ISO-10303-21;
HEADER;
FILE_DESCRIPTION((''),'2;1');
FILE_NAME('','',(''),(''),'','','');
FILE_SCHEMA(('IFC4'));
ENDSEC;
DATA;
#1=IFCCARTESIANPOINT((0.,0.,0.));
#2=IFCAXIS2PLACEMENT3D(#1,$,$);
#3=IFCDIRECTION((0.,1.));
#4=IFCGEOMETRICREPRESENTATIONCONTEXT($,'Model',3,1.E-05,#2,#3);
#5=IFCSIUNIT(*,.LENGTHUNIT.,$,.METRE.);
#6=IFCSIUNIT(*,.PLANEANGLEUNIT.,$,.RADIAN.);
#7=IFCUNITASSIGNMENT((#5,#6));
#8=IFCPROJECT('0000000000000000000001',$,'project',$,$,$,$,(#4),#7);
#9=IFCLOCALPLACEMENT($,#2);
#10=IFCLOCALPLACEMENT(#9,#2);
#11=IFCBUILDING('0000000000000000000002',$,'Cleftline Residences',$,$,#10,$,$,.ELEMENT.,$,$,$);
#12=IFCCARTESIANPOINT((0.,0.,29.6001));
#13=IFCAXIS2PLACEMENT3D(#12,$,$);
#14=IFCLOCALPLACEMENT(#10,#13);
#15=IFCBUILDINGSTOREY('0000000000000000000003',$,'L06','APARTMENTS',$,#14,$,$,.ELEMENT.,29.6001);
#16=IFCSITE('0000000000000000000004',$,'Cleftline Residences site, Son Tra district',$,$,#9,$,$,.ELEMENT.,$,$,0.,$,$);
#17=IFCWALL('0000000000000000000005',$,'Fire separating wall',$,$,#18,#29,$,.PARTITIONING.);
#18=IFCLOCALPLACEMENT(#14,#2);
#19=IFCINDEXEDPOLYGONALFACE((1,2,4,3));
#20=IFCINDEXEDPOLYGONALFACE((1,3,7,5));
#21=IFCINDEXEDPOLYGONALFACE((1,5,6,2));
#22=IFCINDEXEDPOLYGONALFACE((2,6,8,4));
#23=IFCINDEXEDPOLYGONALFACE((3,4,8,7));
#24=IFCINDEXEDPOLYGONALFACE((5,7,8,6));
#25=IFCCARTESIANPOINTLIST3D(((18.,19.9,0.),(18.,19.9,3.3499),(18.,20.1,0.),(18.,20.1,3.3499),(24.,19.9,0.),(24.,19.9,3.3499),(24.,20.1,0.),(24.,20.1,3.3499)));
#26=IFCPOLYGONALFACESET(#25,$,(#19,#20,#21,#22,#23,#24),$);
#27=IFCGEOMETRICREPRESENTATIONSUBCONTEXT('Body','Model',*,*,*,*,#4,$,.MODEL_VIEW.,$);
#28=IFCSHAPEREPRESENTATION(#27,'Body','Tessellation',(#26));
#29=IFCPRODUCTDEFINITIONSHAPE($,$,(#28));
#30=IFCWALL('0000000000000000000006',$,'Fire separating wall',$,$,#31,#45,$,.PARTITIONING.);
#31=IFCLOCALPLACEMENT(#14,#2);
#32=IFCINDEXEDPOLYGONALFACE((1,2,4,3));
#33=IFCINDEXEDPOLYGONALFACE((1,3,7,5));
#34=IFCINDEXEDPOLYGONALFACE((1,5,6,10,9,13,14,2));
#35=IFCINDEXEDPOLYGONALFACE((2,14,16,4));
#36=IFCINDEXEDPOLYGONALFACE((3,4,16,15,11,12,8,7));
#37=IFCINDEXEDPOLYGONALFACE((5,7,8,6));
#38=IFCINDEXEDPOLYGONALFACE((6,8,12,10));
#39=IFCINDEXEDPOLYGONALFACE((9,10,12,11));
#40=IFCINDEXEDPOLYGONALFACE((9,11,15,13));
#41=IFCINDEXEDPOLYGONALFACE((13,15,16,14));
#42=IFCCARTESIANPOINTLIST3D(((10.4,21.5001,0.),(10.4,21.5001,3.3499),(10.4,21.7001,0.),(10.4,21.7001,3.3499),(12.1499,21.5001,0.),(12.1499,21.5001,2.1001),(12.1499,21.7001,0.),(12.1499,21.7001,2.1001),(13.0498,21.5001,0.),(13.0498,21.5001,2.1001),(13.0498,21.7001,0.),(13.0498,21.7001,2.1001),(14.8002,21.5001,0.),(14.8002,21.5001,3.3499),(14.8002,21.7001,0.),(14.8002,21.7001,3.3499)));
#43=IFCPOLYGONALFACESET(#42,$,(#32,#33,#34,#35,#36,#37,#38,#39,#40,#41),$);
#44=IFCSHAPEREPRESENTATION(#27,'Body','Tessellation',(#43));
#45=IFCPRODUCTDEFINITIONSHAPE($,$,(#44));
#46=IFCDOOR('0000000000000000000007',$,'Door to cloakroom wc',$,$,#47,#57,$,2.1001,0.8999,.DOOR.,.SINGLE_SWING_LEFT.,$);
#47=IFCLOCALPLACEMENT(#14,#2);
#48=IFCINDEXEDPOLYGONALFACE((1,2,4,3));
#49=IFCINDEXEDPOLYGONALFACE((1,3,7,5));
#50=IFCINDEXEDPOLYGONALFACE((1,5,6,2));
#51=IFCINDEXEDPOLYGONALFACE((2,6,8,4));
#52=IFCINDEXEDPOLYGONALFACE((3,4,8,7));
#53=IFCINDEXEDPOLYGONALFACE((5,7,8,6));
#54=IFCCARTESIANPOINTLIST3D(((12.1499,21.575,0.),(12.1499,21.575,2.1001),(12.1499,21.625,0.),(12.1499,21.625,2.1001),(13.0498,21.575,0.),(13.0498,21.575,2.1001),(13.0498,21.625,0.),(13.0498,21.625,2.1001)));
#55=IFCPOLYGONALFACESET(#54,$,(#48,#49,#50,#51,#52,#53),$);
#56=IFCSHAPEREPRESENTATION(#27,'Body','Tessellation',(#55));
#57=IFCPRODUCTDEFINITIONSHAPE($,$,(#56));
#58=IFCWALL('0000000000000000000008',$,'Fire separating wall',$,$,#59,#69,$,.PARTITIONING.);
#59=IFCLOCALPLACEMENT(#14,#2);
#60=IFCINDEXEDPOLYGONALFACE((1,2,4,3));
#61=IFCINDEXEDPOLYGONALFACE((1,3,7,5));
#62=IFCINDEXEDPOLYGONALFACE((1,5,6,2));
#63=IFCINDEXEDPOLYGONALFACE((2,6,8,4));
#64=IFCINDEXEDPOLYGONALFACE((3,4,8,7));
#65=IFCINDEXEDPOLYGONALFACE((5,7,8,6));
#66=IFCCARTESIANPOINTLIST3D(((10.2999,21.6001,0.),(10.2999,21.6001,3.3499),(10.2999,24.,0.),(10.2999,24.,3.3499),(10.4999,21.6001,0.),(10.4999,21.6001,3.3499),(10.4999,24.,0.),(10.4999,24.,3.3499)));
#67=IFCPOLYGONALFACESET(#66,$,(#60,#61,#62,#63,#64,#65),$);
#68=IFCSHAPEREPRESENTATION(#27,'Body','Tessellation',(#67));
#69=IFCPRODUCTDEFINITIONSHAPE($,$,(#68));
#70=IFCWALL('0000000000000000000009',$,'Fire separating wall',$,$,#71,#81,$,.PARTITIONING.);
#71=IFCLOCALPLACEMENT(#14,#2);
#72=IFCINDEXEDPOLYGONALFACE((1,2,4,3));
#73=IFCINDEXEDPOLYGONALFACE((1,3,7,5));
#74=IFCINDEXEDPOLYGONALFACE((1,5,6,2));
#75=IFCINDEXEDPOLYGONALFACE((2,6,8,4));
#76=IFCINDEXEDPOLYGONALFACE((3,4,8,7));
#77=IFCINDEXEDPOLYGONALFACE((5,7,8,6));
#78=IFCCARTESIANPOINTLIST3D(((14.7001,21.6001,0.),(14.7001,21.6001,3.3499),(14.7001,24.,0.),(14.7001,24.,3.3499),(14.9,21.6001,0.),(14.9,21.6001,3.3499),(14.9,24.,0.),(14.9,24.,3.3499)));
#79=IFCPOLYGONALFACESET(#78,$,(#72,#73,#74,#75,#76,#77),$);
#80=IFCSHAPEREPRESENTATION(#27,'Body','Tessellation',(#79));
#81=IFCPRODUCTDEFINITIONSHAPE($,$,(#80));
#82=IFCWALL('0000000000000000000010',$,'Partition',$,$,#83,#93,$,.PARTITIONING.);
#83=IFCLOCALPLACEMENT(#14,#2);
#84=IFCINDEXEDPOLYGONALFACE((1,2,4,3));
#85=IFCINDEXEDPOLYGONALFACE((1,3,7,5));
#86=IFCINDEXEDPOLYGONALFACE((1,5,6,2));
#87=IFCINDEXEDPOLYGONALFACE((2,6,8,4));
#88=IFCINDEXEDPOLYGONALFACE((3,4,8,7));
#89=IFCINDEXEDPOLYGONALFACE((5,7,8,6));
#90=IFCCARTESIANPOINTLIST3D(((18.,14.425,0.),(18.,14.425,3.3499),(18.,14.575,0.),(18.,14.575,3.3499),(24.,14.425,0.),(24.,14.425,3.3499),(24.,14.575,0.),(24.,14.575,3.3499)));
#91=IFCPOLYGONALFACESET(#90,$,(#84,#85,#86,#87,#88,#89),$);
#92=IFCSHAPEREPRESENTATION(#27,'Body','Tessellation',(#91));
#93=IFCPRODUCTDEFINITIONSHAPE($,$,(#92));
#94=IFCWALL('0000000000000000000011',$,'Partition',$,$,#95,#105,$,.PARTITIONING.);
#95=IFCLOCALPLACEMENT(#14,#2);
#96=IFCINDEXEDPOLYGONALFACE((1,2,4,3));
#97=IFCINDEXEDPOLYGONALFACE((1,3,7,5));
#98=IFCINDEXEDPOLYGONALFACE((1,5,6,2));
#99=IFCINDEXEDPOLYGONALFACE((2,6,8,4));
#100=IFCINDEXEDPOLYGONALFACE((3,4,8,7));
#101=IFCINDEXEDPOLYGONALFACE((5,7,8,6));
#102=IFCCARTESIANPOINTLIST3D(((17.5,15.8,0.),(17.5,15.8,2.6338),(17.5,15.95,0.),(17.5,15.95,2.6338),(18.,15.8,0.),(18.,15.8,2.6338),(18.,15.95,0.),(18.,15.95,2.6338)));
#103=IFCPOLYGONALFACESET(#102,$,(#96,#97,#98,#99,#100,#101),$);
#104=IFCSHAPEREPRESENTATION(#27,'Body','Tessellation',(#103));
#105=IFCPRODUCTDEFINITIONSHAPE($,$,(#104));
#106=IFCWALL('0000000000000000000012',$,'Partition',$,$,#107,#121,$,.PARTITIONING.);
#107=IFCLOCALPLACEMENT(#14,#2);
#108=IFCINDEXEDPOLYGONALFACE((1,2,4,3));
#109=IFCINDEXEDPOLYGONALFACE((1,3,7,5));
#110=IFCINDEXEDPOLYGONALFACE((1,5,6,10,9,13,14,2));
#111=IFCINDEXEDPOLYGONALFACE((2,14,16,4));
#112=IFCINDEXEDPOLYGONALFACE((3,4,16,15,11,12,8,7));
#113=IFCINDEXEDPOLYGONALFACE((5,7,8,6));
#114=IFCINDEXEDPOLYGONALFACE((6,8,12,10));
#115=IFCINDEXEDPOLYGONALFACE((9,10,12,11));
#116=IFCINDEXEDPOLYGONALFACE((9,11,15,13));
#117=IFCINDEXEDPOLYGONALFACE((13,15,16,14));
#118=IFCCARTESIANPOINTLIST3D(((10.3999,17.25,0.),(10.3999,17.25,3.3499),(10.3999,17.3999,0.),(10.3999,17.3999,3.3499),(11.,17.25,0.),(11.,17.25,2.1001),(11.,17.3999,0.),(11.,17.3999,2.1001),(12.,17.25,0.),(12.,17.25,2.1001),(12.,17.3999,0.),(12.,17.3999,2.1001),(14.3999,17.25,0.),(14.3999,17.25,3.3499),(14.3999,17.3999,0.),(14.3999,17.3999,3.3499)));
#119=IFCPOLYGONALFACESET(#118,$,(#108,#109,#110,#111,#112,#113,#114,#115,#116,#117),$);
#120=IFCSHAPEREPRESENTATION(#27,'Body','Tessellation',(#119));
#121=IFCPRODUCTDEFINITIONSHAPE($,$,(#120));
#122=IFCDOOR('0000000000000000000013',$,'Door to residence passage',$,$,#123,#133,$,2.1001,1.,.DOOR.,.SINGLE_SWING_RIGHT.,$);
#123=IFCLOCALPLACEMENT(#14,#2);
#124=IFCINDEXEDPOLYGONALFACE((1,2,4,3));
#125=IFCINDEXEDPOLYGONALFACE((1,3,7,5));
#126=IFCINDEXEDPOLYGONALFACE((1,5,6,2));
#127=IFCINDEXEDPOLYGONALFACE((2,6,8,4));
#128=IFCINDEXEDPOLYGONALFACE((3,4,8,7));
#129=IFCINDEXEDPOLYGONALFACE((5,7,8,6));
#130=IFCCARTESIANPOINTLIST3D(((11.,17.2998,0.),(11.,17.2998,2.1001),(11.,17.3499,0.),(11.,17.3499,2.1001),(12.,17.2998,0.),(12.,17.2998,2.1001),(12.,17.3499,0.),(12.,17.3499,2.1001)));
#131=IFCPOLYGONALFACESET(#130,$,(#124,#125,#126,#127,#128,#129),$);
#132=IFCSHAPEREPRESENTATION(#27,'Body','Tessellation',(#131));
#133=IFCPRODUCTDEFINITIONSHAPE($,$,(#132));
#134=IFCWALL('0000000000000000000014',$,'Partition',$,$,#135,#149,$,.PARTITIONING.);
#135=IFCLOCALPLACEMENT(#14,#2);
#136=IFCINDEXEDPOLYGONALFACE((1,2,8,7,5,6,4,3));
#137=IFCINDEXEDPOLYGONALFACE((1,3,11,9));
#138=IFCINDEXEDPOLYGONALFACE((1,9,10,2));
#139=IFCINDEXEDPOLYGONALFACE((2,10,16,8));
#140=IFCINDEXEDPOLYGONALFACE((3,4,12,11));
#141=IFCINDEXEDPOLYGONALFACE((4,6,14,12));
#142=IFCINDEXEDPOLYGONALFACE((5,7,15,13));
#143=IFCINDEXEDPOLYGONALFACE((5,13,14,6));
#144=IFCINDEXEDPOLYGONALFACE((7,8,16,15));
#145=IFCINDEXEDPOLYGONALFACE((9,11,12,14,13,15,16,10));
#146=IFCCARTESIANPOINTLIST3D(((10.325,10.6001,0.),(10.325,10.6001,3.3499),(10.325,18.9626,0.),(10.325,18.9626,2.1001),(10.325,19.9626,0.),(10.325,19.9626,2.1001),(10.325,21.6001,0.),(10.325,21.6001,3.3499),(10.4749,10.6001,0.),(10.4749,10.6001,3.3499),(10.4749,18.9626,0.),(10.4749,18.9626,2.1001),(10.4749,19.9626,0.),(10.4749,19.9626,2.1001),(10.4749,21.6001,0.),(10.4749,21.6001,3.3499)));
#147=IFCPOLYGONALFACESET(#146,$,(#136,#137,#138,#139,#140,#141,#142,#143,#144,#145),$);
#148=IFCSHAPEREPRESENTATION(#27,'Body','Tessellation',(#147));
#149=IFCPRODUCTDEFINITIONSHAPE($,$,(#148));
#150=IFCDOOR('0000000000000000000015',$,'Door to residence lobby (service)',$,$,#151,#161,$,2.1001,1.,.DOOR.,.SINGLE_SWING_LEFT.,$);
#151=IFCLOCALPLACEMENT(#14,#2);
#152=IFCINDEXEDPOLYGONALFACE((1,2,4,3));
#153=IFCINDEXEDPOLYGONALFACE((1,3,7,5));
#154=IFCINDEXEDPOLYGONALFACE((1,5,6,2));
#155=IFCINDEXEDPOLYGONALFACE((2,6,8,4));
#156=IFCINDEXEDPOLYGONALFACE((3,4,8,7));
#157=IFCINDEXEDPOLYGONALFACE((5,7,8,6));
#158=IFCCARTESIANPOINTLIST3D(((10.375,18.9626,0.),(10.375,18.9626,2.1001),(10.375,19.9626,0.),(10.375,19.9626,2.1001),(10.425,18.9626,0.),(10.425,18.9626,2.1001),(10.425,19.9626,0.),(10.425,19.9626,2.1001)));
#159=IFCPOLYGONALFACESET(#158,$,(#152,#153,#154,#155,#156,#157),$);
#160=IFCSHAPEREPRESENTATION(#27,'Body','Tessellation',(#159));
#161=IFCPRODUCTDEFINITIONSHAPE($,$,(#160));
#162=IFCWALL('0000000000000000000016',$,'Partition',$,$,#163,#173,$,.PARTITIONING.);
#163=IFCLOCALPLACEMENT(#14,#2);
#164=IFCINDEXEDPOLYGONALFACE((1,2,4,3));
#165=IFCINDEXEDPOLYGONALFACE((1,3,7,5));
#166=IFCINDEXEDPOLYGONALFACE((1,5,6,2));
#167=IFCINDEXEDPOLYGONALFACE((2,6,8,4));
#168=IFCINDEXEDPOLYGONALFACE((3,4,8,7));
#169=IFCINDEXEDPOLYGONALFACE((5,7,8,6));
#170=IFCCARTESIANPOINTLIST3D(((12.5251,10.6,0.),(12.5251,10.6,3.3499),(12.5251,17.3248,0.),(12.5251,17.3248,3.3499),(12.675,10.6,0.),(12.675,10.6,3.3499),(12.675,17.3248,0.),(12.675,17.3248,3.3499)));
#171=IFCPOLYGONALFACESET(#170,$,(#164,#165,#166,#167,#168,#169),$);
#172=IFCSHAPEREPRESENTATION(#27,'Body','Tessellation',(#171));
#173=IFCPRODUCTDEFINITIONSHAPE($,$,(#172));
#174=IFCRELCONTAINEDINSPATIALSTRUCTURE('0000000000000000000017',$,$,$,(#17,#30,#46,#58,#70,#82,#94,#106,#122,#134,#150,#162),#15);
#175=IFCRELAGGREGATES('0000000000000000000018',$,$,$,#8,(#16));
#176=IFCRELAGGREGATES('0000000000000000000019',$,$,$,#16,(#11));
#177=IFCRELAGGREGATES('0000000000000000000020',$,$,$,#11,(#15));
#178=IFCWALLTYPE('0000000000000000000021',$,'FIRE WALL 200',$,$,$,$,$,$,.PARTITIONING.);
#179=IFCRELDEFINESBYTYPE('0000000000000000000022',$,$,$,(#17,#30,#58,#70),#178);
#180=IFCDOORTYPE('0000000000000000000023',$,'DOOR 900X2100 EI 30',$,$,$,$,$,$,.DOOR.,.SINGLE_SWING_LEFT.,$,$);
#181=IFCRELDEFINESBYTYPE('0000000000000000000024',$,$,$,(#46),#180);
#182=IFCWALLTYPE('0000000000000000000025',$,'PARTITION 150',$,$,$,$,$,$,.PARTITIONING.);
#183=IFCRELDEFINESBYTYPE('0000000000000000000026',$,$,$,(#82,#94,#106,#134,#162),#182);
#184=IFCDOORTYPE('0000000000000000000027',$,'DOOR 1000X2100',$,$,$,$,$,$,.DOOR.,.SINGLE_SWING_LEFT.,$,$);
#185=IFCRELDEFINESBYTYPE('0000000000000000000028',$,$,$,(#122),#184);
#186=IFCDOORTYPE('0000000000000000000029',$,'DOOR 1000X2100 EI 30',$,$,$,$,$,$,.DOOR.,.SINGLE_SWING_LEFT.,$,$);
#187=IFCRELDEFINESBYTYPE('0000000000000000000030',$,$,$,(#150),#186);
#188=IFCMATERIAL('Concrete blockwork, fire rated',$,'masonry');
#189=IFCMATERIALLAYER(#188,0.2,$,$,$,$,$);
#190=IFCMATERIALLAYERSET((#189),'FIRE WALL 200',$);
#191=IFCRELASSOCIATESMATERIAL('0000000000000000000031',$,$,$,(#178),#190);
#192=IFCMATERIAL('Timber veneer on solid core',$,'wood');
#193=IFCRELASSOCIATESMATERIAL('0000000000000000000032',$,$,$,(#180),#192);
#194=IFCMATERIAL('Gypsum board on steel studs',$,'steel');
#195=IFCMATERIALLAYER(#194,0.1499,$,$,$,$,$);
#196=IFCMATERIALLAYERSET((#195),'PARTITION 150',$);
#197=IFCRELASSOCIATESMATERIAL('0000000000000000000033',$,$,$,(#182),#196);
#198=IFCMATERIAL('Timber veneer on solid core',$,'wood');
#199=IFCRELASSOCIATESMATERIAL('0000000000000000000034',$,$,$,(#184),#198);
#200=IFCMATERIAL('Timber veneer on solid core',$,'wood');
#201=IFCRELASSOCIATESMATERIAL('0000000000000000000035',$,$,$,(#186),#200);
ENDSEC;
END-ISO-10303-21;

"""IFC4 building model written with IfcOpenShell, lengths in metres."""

from ifc_helpers import new_model, si_unit, direction, frame, frame_2d, origin, place, context, subcontext, project, spatial, rectangle, extrude, material, layer, layer_set, type_object, element, fill, save


model = new_model("IFC4")

# Units and contexts
model_context = context("Model", 3, precision=1e-05, world=origin(), true_north=direction((0.0, 1.0)))
body_context = subcontext(model_context, "Body", "Model", "MODEL_VIEW")
ifc_project = project(units=[si_unit("LENGTHUNIT", "METRE"), si_unit("PLANEANGLEUNIT", "RADIAN")], contexts=[model_context])

# Site, building, storey
site_placement = place(None, origin())
site = spatial("IfcSite", under=ifc_project, at=site_placement, Name="Cleftline Residences site, Son Tra district", CompositionType="ELEMENT", RefElevation=0.0)
building_placement = place(site_placement, origin())
building = spatial("IfcBuilding", under=site, at=building_placement, Name="Cleftline Residences", CompositionType="ELEMENT")
storey_placement = place(building_placement, frame((0.0, 0.0, 29.6001)))
storey = spatial("IfcBuildingStorey", under=building, at=storey_placement, Name="L06", Description="APARTMENTS", CompositionType="ELEMENT", Elevation=29.6001)

# Wall
ifc_material_1 = material(Name="Concrete blockwork, fire rated", Category="masonry")
ifc_layer_1 = layer(ifc_material_1, 0.2)
ifc_layer_set_1 = layer_set([ifc_layer_1], Name="FIRE WALL 200")
wall_type_1 = type_object("IfcWallType", Name="FIRE WALL 200", PredefinedType="PARTITIONING", material=ifc_layer_set_1)
wall_1_placement = place(storey_placement, frame((18.0, 20.0, 0.0), z_axis=(0.0, 0.0, 1.0), x_axis=(1.0, 0.0, 0.0)))
element("IfcWall", 1, at=wall_1_placement, inside=storey, type_object=wall_type_1, Name="Fire separating wall", PredefinedType="PARTITIONING", context=body_context, shape_type="SweptSolid", body=[
    extrude(rectangle(XDim=6.0, YDim=0.2, at=frame_2d((3.0, 0.0))), origin(), (0.0, 0.0, 1.0), 3.3499),
])

# Wall, opening, door
wall_2_placement = place(storey_placement, frame((10.3999, 21.6001, 0.0), z_axis=(0.0, 0.0, 1.0), x_axis=(1.0, 0.0, 0.0)))
wall_2 = element("IfcWall", 2, at=wall_2_placement, inside=storey, type_object=wall_type_1, Name="Fire separating wall", PredefinedType="PARTITIONING", context=body_context, shape_type="SweptSolid", body=[
    extrude(rectangle(XDim=4.4001, YDim=0.2, at=frame_2d((2.2002, 0.0))), origin(), (0.0, 0.0, 1.0), 3.3499),
])
opening_1_placement = place(wall_2_placement, frame((1.75, 0.0, 0.0)))
opening_1 = element("IfcOpeningElement", 3, at=opening_1_placement, cuts=wall_2, PredefinedType="OPENING", context=body_context, shape_type="SweptSolid", body=[
    extrude(rectangle(XDim=0.8999, YDim=2.1001, at=frame_2d((0.45, 1.05))), frame((0.0, 0.1099, 0.0), z_axis=(0.0, -1.0, 0.0), x_axis=(1.0, 0.0, 0.0)), (0.0, 0.0, 1.0), 0.22),
])
ifc_material_2 = material(Name="Timber veneer on solid core", Category="wood")
door_type_1 = type_object("IfcDoorType", Name="DOOR 900X2100 EI 30", OperationType="SINGLE_SWING_LEFT", PredefinedType="DOOR", material=ifc_material_2)
door_1_placement = place(opening_1_placement, origin())
door_1 = element("IfcDoor", 4, at=door_1_placement, inside=storey, type_object=door_type_1, Name="Door to cloakroom wc", OperationType="SINGLE_SWING_LEFT", OverallHeight=2.1001, OverallWidth=0.8999, PredefinedType="DOOR", context=body_context, shape_type="SweptSolid", body=[
    extrude(rectangle(XDim=0.8999, YDim=2.1001, at=frame_2d((0.45, 1.05))), frame((0.0, 0.0249, 0.0), z_axis=(0.0, -1.0, 0.0), x_axis=(1.0, 0.0, 0.0)), (0.0, 0.0, 1.0), 0.05),
])
fill(opening_1, door_1)

# Walls
for number, where, z_axis, x_axis, name in (
    (5, (10.3999, 21.6001, 0.0), (0.0, 0.0, 1.0), (0.0, 1.0, 0.0), "Fire separating wall"),
    (6, (14.8, 21.6001, 0.0), (0.0, 0.0, 1.0), (0.0, 1.0, 0.0), "Fire separating wall"),
):
    element("IfcWall", number, at=place(storey_placement, frame(where, z_axis=z_axis, x_axis=x_axis)), inside=storey, type_object=wall_type_1, Name=name, PredefinedType="PARTITIONING", context=body_context, shape_type="SweptSolid", body=[
        extrude(rectangle(XDim=2.3999, YDim=0.2, at=frame_2d((1.2, 0.0))), origin(), (0.0, 0.0, 1.0), 3.3499),
    ])

# Walls
ifc_material_3 = material(Name="Gypsum board on steel studs", Category="steel")
ifc_layer_2 = layer(ifc_material_3, 0.1499)
ifc_layer_set_2 = layer_set([ifc_layer_2], Name="PARTITION 150")
wall_type_2 = type_object("IfcWallType", Name="PARTITION 150", PredefinedType="PARTITIONING", material=ifc_layer_set_2)
wall_3_placement = place(storey_placement, frame((18.0, 14.5, 0.0), z_axis=(0.0, 0.0, 1.0), x_axis=(1.0, 0.0, 0.0)))
element("IfcWall", 7, at=wall_3_placement, inside=storey, type_object=wall_type_2, Name="Partition", PredefinedType="PARTITIONING", context=body_context, shape_type="SweptSolid", body=[
    extrude(rectangle(XDim=6.0, YDim=0.1499, at=frame_2d((3.0, 0.0))), origin(), (0.0, 0.0, 1.0), 3.3499),
])
wall_4_placement = place(storey_placement, frame((17.5, 15.875, 0.0), z_axis=(0.0, 0.0, 1.0), x_axis=(1.0, 0.0, 0.0)))
element("IfcWall", 8, at=wall_4_placement, inside=storey, type_object=wall_type_2, Name="Partition", PredefinedType="PARTITIONING", context=body_context, shape_type="SweptSolid", body=[
    extrude(rectangle(XDim=0.5, YDim=0.1499, at=frame_2d((0.25, 0.0))), origin(), (0.0, 0.0, 1.0), 2.6338),
])

# Walls, openings, doors
wall_5_placement = place(storey_placement, frame((10.3999, 17.325, 0.0), z_axis=(0.0, 0.0, 1.0), x_axis=(1.0, 0.0, 0.0)))
wall_5 = element("IfcWall", 9, at=wall_5_placement, inside=storey, type_object=wall_type_2, Name="Partition", PredefinedType="PARTITIONING", context=body_context, shape_type="SweptSolid", body=[
    extrude(rectangle(XDim=4.0, YDim=0.1499, at=frame_2d((2.0, 0.0))), origin(), (0.0, 0.0, 1.0), 3.3499),
])
opening_2_placement = place(wall_5_placement, frame((0.6001, 0.0, 0.0)))
opening_2 = element("IfcOpeningElement", 10, at=opening_2_placement, cuts=wall_5, PredefinedType="OPENING", context=body_context, shape_type="SweptSolid", body=[
    extrude(rectangle(XDim=1.0, YDim=2.1001, at=frame_2d((0.5, 1.05))), frame((0.0, 0.085, 0.0), z_axis=(0.0, -1.0, 0.0), x_axis=(1.0, 0.0, 0.0)), (0.0, 0.0, 1.0), 0.1699),
])
ifc_material_4 = material(Name="Timber veneer on solid core", Category="wood")
door_type_2 = type_object("IfcDoorType", Name="DOOR 1000X2100", OperationType="SINGLE_SWING_LEFT", PredefinedType="DOOR", material=ifc_material_4)
door_2_placement = place(opening_2_placement, origin())
door_2 = element("IfcDoor", 11, at=door_2_placement, inside=storey, type_object=door_type_2, Name="Door to residence passage", OperationType="SINGLE_SWING_RIGHT", OverallHeight=2.1001, OverallWidth=1.0, PredefinedType="DOOR", context=body_context, shape_type="SweptSolid", body=[
    extrude(rectangle(XDim=1.0, YDim=2.1001, at=frame_2d((0.5, 1.05))), frame((0.0, 0.0249, 0.0), z_axis=(0.0, -1.0, 0.0), x_axis=(1.0, 0.0, 0.0)), (0.0, 0.0, 1.0), 0.05),
])
fill(opening_2, door_2)
wall_6_placement = place(storey_placement, frame((10.3999, 10.6001, 0.0), z_axis=(0.0, 0.0, 1.0), x_axis=(0.0, 1.0, 0.0)))
wall_6 = element("IfcWall", 12, at=wall_6_placement, inside=storey, type_object=wall_type_2, Name="Partition", PredefinedType="PARTITIONING", context=body_context, shape_type="SweptSolid", body=[
    extrude(rectangle(XDim=11.0, YDim=0.1499, at=frame_2d((5.5, 0.0))), origin(), (0.0, 0.0, 1.0), 3.3499),
])
opening_3_placement = place(wall_6_placement, frame((8.3625, 0.0, 0.0)))
opening_3 = element("IfcOpeningElement", 13, at=opening_3_placement, cuts=wall_6, PredefinedType="OPENING", context=body_context, shape_type="SweptSolid", body=[
    extrude(rectangle(XDim=1.0, YDim=2.1001, at=frame_2d((0.5, 1.05))), frame((0.0, 0.085, 0.0), z_axis=(0.0, -1.0, 0.0), x_axis=(1.0, 0.0, 0.0)), (0.0, 0.0, 1.0), 0.1699),
])
ifc_material_5 = material(Name="Timber veneer on solid core", Category="wood")
door_type_3 = type_object("IfcDoorType", Name="DOOR 1000X2100 EI 30", OperationType="SINGLE_SWING_LEFT", PredefinedType="DOOR", material=ifc_material_5)
door_3_placement = place(opening_3_placement, origin())
door_3 = element("IfcDoor", 14, at=door_3_placement, inside=storey, type_object=door_type_3, Name="Door to residence lobby (service)", OperationType="SINGLE_SWING_LEFT", OverallHeight=2.1001, OverallWidth=1.0, PredefinedType="DOOR", context=body_context, shape_type="SweptSolid", body=[
    extrude(rectangle(XDim=1.0, YDim=2.1001, at=frame_2d((0.5, 1.05))), frame((0.0, 0.0249, 0.0), z_axis=(0.0, -1.0, 0.0), x_axis=(1.0, 0.0, 0.0)), (0.0, 0.0, 1.0), 0.05),
])
fill(opening_3, door_3)

# Wall
wall_7_placement = place(storey_placement, frame((12.6001, 10.6001, 0.0), z_axis=(0.0, 0.0, 1.0), x_axis=(0.0, 1.0, 0.0)))
element("IfcWall", 15, at=wall_7_placement, inside=storey, type_object=wall_type_2, Name="Partition", PredefinedType="PARTITIONING", context=body_context, shape_type="SweptSolid", body=[
    extrude(rectangle(XDim=6.7249, YDim=0.1499, at=frame_2d((3.3623, 0.0))), origin(), (0.0, 0.0, 1.0), 3.3499),
])

save(model, "model.ifc")
